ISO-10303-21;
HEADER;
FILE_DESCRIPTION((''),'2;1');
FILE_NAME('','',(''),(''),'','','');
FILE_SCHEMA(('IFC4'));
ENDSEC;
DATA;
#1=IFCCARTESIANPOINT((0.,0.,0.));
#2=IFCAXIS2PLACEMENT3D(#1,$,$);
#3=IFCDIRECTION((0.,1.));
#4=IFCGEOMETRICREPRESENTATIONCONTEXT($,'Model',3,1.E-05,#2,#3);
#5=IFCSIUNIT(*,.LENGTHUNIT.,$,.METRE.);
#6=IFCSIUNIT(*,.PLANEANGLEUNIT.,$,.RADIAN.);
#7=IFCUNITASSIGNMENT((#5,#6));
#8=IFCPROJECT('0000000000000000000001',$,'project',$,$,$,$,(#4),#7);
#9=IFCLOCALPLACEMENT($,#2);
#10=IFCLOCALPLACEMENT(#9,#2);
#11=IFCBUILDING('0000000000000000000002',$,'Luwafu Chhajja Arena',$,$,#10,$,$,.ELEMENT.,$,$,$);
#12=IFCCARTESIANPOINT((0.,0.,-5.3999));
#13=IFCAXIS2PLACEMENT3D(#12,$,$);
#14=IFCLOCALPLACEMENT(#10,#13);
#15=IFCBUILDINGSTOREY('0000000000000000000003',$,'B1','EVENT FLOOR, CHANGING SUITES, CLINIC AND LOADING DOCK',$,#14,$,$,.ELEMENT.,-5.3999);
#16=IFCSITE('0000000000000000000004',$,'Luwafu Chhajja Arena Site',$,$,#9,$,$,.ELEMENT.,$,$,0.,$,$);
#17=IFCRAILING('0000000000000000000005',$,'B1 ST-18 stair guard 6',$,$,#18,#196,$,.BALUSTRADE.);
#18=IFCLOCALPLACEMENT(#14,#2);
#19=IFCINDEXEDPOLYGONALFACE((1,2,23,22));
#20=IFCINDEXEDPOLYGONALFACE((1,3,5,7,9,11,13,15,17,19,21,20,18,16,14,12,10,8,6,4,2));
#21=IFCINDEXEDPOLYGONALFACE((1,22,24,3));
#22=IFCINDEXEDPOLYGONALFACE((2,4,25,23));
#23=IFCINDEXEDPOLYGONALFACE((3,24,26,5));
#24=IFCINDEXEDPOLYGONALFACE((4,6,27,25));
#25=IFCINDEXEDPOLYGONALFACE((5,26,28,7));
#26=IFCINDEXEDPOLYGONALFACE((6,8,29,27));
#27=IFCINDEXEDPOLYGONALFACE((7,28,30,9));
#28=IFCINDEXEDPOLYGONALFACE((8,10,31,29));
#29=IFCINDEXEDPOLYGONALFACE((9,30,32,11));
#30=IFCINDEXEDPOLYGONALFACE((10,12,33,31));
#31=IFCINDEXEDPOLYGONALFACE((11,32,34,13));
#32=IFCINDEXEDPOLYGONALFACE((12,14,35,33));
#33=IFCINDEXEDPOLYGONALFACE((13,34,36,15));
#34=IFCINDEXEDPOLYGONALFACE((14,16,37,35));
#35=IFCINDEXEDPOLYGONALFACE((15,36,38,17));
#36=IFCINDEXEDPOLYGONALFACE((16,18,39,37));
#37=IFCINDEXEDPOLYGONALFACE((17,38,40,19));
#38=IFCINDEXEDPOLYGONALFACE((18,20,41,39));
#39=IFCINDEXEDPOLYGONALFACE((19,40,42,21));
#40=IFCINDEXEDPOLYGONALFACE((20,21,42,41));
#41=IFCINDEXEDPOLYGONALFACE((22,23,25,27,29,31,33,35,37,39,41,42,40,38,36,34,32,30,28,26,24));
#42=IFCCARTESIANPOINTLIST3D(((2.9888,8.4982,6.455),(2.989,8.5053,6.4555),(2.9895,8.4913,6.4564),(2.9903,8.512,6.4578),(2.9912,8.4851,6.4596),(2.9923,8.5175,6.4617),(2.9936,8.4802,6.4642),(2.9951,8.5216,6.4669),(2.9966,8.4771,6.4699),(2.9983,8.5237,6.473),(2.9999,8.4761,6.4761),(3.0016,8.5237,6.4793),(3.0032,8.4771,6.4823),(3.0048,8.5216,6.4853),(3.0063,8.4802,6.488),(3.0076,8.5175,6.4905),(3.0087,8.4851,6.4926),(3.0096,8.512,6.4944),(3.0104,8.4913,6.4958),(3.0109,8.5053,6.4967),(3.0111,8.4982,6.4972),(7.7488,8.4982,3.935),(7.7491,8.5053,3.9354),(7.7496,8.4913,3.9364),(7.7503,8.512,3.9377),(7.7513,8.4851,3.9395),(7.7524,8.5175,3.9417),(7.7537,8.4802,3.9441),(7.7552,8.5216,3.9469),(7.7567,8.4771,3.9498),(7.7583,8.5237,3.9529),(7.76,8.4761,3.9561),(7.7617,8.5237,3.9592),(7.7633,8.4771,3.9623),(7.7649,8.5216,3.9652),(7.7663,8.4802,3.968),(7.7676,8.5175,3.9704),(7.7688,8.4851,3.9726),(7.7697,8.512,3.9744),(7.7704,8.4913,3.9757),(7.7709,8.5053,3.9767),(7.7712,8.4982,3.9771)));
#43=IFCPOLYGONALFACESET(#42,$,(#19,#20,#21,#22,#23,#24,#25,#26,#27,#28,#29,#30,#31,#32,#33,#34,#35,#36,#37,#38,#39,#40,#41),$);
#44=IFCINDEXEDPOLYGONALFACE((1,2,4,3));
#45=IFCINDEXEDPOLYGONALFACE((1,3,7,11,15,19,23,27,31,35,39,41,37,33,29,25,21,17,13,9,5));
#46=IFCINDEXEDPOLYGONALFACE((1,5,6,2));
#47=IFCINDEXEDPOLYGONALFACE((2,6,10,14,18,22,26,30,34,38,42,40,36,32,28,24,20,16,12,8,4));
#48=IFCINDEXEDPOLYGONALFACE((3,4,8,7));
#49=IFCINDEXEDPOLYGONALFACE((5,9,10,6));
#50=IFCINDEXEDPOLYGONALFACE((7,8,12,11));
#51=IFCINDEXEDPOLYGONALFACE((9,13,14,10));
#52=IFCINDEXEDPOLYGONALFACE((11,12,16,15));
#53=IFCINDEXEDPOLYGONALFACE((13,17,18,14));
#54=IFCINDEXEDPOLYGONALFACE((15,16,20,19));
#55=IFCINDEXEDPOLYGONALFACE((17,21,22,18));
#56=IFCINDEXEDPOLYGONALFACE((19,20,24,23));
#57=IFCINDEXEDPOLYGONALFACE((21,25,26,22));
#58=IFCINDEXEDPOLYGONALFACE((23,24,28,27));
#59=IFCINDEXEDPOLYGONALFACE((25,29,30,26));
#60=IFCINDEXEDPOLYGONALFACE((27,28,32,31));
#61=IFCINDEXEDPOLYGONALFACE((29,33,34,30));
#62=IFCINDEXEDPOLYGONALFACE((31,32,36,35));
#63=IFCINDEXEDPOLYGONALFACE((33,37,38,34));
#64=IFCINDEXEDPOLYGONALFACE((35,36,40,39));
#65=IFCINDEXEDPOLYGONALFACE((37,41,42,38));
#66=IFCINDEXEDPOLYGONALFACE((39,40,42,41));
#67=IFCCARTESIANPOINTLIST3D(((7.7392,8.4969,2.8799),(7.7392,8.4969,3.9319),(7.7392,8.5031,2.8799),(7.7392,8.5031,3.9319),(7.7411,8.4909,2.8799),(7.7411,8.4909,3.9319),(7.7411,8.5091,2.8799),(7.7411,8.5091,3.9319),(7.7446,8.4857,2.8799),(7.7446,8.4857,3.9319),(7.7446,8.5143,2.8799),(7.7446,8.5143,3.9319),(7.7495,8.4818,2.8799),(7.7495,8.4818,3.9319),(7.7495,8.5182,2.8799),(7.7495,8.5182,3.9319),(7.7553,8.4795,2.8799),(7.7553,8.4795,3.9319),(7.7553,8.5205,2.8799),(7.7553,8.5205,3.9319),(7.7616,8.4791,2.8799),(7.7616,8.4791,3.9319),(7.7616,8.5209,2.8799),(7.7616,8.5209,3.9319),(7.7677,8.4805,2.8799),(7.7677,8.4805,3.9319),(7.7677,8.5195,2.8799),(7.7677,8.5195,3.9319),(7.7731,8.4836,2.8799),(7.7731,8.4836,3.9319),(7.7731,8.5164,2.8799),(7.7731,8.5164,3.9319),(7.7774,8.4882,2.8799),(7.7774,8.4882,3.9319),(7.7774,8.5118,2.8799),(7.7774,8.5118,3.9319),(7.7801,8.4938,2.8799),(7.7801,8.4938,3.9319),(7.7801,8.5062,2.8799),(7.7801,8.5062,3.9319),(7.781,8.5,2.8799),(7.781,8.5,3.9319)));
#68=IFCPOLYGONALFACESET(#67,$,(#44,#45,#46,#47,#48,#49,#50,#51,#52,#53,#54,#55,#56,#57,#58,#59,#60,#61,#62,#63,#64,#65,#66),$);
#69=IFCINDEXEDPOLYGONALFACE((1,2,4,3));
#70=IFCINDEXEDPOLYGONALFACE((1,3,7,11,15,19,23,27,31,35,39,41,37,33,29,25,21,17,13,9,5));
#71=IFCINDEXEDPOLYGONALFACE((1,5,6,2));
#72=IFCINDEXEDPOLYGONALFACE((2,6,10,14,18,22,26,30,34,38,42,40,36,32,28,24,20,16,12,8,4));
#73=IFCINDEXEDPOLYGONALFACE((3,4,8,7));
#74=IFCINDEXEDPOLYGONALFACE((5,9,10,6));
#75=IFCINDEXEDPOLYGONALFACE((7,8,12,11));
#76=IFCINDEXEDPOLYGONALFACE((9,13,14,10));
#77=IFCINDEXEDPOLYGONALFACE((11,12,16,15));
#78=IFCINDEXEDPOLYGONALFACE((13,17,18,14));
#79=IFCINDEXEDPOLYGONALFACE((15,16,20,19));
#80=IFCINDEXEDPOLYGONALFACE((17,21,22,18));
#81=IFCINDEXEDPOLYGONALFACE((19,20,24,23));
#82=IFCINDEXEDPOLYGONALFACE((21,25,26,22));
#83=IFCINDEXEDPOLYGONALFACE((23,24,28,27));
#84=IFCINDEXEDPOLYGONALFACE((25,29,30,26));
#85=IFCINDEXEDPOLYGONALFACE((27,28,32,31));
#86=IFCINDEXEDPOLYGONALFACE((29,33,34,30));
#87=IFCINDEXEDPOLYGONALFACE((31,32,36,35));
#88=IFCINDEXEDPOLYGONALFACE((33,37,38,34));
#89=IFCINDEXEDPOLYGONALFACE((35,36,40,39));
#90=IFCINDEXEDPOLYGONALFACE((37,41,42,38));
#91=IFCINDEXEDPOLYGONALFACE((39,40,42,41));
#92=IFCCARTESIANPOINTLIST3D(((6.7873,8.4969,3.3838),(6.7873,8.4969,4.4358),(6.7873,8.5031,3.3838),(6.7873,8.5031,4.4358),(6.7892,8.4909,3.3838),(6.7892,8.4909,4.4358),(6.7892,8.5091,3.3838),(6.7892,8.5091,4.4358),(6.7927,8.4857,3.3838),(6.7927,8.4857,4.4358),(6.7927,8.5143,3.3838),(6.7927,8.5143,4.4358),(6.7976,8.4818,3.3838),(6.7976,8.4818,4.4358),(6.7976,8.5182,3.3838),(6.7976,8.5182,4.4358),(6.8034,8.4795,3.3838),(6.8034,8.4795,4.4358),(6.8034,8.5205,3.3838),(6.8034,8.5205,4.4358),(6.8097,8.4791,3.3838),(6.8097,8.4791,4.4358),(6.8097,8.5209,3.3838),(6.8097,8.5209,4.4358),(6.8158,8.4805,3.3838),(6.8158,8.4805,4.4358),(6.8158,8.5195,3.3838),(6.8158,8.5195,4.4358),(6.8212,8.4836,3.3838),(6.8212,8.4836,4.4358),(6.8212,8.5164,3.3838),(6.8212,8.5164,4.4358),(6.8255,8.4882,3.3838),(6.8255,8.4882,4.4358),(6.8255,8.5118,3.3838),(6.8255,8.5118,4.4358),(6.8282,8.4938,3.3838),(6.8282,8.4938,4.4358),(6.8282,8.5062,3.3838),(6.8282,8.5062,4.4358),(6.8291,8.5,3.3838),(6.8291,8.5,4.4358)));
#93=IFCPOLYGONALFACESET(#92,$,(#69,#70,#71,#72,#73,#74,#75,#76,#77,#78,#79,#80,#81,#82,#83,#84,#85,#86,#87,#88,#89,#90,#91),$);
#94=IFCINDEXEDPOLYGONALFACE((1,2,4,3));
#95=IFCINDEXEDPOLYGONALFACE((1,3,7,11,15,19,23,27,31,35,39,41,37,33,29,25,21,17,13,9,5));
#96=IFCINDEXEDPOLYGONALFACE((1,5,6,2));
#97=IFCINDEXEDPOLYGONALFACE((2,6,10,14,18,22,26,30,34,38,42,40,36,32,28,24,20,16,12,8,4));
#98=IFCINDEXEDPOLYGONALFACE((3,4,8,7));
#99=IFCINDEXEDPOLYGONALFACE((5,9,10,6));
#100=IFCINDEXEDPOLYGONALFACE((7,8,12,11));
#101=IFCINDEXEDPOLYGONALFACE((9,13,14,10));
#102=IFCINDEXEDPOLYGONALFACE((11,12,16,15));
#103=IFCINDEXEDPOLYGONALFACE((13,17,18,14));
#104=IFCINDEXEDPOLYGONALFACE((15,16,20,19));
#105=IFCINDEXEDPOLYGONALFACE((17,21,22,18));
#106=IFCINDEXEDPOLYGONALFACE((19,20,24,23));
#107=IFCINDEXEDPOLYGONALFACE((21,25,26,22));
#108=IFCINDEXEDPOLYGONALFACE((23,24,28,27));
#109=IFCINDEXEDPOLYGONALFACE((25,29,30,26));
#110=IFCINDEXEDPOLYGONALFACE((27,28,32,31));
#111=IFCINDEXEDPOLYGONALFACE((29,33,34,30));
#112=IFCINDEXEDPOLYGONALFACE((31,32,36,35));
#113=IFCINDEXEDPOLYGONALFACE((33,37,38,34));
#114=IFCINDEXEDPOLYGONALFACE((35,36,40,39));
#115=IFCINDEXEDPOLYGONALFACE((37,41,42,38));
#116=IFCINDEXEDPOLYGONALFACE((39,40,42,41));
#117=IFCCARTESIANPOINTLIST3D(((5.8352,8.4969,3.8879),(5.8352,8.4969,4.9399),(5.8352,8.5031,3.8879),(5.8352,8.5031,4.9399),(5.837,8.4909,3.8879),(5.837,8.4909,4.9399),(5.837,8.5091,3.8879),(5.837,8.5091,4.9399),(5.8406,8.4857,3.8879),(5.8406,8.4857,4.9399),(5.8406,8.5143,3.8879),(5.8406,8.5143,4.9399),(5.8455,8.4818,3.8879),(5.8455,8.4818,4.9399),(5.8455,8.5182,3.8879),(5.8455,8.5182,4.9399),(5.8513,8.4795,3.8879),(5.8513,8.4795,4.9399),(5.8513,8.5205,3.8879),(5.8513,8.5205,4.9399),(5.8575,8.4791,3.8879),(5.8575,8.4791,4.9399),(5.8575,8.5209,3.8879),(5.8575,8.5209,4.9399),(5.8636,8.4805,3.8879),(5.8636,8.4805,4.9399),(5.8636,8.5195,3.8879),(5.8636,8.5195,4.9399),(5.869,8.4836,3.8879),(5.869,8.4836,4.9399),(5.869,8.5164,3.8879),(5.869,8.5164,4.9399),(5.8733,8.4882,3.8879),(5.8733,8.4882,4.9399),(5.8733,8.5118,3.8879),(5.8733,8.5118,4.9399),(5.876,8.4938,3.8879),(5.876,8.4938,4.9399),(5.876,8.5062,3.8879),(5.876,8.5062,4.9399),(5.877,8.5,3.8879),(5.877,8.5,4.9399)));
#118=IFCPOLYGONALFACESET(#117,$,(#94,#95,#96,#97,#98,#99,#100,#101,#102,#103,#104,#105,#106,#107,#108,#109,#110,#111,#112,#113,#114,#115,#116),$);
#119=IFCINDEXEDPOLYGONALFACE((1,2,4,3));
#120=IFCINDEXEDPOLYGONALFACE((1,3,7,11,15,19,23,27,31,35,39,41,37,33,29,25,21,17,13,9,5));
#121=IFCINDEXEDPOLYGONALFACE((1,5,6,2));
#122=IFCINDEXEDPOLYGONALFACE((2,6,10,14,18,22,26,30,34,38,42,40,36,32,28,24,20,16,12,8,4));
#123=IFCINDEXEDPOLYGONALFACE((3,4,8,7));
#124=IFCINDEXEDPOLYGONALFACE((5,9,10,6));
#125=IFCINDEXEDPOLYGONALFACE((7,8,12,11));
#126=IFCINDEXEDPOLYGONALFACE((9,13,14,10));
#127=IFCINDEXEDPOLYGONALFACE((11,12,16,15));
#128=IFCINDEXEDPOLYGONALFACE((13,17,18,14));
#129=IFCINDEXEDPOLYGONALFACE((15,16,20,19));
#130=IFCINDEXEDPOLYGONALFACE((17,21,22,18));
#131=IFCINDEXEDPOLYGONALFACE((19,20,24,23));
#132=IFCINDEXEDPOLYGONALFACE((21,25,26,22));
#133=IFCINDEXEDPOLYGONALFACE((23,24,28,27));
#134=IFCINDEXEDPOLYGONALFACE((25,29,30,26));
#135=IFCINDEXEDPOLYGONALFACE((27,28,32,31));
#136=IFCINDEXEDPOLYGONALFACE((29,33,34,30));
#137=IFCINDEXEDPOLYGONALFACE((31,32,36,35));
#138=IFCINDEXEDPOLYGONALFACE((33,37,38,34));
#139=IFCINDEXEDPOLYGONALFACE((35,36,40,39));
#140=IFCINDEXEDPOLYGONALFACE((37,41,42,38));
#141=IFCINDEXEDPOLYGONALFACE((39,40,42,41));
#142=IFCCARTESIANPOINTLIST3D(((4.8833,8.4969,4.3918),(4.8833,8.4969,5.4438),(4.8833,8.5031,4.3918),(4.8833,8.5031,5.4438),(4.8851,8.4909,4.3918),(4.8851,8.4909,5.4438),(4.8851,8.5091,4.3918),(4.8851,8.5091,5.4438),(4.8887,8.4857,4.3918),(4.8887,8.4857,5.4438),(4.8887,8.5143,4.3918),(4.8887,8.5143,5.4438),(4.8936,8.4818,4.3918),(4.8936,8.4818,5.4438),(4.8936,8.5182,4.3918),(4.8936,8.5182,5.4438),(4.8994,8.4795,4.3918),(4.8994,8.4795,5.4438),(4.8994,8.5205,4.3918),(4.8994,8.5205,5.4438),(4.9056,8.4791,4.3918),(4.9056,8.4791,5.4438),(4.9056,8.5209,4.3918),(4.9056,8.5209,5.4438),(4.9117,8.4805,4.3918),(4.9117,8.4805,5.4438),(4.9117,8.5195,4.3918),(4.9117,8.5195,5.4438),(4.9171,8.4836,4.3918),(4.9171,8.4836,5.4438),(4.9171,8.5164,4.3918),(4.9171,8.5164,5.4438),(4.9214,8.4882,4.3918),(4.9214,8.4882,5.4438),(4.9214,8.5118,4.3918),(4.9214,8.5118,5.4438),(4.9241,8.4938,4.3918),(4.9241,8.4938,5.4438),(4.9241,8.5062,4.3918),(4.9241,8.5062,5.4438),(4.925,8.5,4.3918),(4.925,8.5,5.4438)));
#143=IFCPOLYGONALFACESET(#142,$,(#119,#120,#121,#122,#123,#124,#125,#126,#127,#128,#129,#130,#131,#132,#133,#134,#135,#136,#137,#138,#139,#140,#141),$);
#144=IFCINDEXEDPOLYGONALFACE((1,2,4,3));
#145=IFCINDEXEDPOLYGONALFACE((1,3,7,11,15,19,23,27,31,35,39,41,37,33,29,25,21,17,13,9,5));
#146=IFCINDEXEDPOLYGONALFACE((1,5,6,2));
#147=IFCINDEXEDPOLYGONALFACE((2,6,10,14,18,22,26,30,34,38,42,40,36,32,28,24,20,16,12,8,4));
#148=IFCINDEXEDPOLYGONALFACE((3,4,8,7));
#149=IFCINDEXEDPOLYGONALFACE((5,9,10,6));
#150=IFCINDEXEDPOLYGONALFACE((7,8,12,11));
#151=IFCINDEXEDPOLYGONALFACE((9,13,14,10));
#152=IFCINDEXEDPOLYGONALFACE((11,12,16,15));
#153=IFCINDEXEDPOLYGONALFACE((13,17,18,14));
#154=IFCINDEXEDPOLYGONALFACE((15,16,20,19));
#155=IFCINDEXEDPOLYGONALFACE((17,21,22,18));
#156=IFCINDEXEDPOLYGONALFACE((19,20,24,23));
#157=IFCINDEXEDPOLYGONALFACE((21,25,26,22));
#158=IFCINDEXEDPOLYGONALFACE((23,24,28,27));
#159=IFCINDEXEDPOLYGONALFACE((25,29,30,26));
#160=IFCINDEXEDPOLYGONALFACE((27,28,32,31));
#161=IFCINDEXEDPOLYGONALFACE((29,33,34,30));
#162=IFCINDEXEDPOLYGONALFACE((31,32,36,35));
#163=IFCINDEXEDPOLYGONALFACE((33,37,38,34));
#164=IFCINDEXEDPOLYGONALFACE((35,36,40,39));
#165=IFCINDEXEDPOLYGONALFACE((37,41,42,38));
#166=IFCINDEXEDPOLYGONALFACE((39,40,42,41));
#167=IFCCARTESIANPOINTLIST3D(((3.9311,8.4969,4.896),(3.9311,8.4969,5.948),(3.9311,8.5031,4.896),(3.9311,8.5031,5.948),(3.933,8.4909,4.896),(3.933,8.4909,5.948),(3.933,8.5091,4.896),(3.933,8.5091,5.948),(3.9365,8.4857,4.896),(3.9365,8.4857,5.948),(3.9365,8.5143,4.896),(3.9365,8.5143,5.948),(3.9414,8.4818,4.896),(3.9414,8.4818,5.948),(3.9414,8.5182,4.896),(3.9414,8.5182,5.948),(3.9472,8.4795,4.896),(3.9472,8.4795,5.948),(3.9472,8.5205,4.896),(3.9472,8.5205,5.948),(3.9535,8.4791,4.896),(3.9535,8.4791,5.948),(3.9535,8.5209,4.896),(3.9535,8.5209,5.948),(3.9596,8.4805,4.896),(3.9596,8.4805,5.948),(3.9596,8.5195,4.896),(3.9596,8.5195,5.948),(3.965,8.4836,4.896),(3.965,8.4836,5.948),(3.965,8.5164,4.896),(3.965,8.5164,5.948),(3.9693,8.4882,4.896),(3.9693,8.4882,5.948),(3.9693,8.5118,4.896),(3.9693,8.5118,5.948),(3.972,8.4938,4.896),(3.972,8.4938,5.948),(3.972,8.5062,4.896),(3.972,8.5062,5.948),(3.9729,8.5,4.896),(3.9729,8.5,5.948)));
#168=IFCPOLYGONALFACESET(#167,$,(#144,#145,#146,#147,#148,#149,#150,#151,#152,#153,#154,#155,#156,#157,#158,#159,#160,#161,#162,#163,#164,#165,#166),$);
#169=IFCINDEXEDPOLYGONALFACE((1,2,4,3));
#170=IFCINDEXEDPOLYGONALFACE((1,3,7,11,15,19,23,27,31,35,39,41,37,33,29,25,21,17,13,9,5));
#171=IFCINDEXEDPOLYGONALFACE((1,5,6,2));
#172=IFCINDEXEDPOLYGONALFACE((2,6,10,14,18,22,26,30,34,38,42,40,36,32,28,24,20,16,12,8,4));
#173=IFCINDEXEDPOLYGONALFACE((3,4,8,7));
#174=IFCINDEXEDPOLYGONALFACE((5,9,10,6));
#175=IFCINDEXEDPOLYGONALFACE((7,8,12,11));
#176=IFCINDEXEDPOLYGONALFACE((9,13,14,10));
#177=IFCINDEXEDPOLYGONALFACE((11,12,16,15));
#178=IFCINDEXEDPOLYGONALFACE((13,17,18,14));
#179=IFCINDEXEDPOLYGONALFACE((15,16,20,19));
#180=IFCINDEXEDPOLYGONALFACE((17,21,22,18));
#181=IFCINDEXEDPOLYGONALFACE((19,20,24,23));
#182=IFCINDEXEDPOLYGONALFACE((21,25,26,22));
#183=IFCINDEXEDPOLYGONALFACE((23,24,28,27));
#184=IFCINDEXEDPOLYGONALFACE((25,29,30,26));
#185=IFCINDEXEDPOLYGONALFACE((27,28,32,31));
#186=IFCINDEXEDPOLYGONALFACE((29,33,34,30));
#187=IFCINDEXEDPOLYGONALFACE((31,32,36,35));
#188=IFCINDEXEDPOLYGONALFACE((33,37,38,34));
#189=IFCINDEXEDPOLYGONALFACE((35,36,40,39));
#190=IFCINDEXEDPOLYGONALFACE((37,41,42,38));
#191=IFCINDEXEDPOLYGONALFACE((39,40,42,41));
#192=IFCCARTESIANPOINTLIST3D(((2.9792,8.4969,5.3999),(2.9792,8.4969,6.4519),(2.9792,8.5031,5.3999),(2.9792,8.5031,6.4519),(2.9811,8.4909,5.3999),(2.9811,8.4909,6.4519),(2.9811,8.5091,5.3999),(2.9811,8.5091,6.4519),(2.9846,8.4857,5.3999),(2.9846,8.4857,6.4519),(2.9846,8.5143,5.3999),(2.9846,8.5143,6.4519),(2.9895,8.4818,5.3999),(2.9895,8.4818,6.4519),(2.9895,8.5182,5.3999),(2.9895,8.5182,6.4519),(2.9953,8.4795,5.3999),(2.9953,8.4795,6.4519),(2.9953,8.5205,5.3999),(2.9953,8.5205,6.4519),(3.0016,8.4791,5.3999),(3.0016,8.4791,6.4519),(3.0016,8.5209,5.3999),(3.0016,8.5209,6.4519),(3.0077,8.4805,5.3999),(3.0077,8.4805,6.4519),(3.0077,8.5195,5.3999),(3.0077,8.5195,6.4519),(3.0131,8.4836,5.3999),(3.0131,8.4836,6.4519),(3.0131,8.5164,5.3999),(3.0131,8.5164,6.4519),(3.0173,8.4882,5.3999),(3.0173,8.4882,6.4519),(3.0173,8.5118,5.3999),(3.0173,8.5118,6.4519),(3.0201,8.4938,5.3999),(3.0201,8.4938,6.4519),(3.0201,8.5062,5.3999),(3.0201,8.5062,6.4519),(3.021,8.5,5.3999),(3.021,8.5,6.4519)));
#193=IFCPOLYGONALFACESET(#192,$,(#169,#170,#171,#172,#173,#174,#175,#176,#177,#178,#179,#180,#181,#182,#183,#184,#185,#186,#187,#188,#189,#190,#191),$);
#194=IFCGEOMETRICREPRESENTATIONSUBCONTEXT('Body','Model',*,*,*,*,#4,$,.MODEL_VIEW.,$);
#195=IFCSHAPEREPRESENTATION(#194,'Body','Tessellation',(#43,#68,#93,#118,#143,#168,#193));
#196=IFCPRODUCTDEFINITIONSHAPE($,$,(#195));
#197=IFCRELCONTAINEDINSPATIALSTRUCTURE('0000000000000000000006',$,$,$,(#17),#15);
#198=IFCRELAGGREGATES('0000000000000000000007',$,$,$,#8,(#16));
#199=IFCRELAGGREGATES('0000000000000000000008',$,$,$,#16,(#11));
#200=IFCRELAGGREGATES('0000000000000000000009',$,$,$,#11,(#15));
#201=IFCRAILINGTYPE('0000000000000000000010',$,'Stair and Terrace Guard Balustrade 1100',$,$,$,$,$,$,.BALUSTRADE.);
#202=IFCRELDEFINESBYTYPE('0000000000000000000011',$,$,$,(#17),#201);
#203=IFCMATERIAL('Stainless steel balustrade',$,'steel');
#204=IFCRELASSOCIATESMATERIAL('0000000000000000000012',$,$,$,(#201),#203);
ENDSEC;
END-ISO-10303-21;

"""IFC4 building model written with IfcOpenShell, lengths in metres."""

from ifc_helpers import new_model, si_unit, direction, frame, origin, origin_2d, place, context, subcontext, project, spatial, circle, extrude, material, type_object, element, save


model = new_model("IFC4")

# Units and contexts
model_context = context("Model", 3, precision=1e-05, world=origin(), true_north=direction((0.0, 1.0)))
body_context = subcontext(model_context, "Body", "Model", "MODEL_VIEW")
ifc_project = project(units=[si_unit("LENGTHUNIT", "METRE"), si_unit("PLANEANGLEUNIT", "RADIAN")], contexts=[model_context])

# Site, building, storey
site_placement = place(None, origin())
site = spatial("IfcSite", under=ifc_project, at=site_placement, Name="Luwafu Chhajja Arena Site", CompositionType="ELEMENT", RefElevation=0.0)
building_placement = place(site_placement, origin())
building = spatial("IfcBuilding", under=site, at=building_placement, Name="Luwafu Chhajja Arena", CompositionType="ELEMENT")
storey_placement = place(building_placement, frame((0.0, 0.0, -5.3999)))
storey = spatial("IfcBuildingStorey", under=building, at=storey_placement, Name="B1", Description="EVENT FLOOR, CHANGING SUITES, CLINIC AND LOADING DOCK", CompositionType="ELEMENT", Elevation=-5.3999)

# Railing
ifc_material_1 = material(Name="Stainless steel balustrade", Category="steel")
railing_type_1 = type_object("IfcRailingType", Name="Stair and Terrace Guard Balustrade 1100", PredefinedType="BALUSTRADE", material=ifc_material_1)
railing_1_placement = place(storey_placement, frame((7.76, 8.5, 2.8799)))
element("IfcRailing", 1, at=railing_1_placement, inside=storey, type_object=railing_type_1, Name="B1 ST-18 stair guard 6", PredefinedType="BALUSTRADE", context=body_context, shape_type="SweptSolid", body=[
    extrude(circle(Radius=0.0239, at=origin_2d()), frame((0.0, 0.0, 1.0762), z_axis=(-0.883787, 0.0, 0.46789), x_axis=(0.0, -1.0, 0.0)), (0.0, 0.0, 1.0), 5.386),
    extrude(circle(Radius=0.021, at=origin_2d()), origin(), (0.0, 0.0, 1.0), 1.052),
    extrude(circle(Radius=0.021, at=origin_2d()), frame((-0.9519, 0.0, 0.5039)), (0.0, 0.0, 1.0), 1.052),
    extrude(circle(Radius=0.021, at=origin_2d()), frame((-1.9041, 0.0, 1.0081)), (0.0, 0.0, 1.0), 1.052),
    extrude(circle(Radius=0.021, at=origin_2d()), frame((-2.856, 0.0, 1.512)), (0.0, 0.0, 1.0), 1.052),
    extrude(circle(Radius=0.021, at=origin_2d()), frame((-3.8081, 0.0, 2.0161)), (0.0, 0.0, 1.0), 1.052),
    extrude(circle(Radius=0.021, at=origin_2d()), frame((-4.76, 0.0, 2.52)), (0.0, 0.0, 1.0), 1.052),
])

save(model, "model.ifc")
